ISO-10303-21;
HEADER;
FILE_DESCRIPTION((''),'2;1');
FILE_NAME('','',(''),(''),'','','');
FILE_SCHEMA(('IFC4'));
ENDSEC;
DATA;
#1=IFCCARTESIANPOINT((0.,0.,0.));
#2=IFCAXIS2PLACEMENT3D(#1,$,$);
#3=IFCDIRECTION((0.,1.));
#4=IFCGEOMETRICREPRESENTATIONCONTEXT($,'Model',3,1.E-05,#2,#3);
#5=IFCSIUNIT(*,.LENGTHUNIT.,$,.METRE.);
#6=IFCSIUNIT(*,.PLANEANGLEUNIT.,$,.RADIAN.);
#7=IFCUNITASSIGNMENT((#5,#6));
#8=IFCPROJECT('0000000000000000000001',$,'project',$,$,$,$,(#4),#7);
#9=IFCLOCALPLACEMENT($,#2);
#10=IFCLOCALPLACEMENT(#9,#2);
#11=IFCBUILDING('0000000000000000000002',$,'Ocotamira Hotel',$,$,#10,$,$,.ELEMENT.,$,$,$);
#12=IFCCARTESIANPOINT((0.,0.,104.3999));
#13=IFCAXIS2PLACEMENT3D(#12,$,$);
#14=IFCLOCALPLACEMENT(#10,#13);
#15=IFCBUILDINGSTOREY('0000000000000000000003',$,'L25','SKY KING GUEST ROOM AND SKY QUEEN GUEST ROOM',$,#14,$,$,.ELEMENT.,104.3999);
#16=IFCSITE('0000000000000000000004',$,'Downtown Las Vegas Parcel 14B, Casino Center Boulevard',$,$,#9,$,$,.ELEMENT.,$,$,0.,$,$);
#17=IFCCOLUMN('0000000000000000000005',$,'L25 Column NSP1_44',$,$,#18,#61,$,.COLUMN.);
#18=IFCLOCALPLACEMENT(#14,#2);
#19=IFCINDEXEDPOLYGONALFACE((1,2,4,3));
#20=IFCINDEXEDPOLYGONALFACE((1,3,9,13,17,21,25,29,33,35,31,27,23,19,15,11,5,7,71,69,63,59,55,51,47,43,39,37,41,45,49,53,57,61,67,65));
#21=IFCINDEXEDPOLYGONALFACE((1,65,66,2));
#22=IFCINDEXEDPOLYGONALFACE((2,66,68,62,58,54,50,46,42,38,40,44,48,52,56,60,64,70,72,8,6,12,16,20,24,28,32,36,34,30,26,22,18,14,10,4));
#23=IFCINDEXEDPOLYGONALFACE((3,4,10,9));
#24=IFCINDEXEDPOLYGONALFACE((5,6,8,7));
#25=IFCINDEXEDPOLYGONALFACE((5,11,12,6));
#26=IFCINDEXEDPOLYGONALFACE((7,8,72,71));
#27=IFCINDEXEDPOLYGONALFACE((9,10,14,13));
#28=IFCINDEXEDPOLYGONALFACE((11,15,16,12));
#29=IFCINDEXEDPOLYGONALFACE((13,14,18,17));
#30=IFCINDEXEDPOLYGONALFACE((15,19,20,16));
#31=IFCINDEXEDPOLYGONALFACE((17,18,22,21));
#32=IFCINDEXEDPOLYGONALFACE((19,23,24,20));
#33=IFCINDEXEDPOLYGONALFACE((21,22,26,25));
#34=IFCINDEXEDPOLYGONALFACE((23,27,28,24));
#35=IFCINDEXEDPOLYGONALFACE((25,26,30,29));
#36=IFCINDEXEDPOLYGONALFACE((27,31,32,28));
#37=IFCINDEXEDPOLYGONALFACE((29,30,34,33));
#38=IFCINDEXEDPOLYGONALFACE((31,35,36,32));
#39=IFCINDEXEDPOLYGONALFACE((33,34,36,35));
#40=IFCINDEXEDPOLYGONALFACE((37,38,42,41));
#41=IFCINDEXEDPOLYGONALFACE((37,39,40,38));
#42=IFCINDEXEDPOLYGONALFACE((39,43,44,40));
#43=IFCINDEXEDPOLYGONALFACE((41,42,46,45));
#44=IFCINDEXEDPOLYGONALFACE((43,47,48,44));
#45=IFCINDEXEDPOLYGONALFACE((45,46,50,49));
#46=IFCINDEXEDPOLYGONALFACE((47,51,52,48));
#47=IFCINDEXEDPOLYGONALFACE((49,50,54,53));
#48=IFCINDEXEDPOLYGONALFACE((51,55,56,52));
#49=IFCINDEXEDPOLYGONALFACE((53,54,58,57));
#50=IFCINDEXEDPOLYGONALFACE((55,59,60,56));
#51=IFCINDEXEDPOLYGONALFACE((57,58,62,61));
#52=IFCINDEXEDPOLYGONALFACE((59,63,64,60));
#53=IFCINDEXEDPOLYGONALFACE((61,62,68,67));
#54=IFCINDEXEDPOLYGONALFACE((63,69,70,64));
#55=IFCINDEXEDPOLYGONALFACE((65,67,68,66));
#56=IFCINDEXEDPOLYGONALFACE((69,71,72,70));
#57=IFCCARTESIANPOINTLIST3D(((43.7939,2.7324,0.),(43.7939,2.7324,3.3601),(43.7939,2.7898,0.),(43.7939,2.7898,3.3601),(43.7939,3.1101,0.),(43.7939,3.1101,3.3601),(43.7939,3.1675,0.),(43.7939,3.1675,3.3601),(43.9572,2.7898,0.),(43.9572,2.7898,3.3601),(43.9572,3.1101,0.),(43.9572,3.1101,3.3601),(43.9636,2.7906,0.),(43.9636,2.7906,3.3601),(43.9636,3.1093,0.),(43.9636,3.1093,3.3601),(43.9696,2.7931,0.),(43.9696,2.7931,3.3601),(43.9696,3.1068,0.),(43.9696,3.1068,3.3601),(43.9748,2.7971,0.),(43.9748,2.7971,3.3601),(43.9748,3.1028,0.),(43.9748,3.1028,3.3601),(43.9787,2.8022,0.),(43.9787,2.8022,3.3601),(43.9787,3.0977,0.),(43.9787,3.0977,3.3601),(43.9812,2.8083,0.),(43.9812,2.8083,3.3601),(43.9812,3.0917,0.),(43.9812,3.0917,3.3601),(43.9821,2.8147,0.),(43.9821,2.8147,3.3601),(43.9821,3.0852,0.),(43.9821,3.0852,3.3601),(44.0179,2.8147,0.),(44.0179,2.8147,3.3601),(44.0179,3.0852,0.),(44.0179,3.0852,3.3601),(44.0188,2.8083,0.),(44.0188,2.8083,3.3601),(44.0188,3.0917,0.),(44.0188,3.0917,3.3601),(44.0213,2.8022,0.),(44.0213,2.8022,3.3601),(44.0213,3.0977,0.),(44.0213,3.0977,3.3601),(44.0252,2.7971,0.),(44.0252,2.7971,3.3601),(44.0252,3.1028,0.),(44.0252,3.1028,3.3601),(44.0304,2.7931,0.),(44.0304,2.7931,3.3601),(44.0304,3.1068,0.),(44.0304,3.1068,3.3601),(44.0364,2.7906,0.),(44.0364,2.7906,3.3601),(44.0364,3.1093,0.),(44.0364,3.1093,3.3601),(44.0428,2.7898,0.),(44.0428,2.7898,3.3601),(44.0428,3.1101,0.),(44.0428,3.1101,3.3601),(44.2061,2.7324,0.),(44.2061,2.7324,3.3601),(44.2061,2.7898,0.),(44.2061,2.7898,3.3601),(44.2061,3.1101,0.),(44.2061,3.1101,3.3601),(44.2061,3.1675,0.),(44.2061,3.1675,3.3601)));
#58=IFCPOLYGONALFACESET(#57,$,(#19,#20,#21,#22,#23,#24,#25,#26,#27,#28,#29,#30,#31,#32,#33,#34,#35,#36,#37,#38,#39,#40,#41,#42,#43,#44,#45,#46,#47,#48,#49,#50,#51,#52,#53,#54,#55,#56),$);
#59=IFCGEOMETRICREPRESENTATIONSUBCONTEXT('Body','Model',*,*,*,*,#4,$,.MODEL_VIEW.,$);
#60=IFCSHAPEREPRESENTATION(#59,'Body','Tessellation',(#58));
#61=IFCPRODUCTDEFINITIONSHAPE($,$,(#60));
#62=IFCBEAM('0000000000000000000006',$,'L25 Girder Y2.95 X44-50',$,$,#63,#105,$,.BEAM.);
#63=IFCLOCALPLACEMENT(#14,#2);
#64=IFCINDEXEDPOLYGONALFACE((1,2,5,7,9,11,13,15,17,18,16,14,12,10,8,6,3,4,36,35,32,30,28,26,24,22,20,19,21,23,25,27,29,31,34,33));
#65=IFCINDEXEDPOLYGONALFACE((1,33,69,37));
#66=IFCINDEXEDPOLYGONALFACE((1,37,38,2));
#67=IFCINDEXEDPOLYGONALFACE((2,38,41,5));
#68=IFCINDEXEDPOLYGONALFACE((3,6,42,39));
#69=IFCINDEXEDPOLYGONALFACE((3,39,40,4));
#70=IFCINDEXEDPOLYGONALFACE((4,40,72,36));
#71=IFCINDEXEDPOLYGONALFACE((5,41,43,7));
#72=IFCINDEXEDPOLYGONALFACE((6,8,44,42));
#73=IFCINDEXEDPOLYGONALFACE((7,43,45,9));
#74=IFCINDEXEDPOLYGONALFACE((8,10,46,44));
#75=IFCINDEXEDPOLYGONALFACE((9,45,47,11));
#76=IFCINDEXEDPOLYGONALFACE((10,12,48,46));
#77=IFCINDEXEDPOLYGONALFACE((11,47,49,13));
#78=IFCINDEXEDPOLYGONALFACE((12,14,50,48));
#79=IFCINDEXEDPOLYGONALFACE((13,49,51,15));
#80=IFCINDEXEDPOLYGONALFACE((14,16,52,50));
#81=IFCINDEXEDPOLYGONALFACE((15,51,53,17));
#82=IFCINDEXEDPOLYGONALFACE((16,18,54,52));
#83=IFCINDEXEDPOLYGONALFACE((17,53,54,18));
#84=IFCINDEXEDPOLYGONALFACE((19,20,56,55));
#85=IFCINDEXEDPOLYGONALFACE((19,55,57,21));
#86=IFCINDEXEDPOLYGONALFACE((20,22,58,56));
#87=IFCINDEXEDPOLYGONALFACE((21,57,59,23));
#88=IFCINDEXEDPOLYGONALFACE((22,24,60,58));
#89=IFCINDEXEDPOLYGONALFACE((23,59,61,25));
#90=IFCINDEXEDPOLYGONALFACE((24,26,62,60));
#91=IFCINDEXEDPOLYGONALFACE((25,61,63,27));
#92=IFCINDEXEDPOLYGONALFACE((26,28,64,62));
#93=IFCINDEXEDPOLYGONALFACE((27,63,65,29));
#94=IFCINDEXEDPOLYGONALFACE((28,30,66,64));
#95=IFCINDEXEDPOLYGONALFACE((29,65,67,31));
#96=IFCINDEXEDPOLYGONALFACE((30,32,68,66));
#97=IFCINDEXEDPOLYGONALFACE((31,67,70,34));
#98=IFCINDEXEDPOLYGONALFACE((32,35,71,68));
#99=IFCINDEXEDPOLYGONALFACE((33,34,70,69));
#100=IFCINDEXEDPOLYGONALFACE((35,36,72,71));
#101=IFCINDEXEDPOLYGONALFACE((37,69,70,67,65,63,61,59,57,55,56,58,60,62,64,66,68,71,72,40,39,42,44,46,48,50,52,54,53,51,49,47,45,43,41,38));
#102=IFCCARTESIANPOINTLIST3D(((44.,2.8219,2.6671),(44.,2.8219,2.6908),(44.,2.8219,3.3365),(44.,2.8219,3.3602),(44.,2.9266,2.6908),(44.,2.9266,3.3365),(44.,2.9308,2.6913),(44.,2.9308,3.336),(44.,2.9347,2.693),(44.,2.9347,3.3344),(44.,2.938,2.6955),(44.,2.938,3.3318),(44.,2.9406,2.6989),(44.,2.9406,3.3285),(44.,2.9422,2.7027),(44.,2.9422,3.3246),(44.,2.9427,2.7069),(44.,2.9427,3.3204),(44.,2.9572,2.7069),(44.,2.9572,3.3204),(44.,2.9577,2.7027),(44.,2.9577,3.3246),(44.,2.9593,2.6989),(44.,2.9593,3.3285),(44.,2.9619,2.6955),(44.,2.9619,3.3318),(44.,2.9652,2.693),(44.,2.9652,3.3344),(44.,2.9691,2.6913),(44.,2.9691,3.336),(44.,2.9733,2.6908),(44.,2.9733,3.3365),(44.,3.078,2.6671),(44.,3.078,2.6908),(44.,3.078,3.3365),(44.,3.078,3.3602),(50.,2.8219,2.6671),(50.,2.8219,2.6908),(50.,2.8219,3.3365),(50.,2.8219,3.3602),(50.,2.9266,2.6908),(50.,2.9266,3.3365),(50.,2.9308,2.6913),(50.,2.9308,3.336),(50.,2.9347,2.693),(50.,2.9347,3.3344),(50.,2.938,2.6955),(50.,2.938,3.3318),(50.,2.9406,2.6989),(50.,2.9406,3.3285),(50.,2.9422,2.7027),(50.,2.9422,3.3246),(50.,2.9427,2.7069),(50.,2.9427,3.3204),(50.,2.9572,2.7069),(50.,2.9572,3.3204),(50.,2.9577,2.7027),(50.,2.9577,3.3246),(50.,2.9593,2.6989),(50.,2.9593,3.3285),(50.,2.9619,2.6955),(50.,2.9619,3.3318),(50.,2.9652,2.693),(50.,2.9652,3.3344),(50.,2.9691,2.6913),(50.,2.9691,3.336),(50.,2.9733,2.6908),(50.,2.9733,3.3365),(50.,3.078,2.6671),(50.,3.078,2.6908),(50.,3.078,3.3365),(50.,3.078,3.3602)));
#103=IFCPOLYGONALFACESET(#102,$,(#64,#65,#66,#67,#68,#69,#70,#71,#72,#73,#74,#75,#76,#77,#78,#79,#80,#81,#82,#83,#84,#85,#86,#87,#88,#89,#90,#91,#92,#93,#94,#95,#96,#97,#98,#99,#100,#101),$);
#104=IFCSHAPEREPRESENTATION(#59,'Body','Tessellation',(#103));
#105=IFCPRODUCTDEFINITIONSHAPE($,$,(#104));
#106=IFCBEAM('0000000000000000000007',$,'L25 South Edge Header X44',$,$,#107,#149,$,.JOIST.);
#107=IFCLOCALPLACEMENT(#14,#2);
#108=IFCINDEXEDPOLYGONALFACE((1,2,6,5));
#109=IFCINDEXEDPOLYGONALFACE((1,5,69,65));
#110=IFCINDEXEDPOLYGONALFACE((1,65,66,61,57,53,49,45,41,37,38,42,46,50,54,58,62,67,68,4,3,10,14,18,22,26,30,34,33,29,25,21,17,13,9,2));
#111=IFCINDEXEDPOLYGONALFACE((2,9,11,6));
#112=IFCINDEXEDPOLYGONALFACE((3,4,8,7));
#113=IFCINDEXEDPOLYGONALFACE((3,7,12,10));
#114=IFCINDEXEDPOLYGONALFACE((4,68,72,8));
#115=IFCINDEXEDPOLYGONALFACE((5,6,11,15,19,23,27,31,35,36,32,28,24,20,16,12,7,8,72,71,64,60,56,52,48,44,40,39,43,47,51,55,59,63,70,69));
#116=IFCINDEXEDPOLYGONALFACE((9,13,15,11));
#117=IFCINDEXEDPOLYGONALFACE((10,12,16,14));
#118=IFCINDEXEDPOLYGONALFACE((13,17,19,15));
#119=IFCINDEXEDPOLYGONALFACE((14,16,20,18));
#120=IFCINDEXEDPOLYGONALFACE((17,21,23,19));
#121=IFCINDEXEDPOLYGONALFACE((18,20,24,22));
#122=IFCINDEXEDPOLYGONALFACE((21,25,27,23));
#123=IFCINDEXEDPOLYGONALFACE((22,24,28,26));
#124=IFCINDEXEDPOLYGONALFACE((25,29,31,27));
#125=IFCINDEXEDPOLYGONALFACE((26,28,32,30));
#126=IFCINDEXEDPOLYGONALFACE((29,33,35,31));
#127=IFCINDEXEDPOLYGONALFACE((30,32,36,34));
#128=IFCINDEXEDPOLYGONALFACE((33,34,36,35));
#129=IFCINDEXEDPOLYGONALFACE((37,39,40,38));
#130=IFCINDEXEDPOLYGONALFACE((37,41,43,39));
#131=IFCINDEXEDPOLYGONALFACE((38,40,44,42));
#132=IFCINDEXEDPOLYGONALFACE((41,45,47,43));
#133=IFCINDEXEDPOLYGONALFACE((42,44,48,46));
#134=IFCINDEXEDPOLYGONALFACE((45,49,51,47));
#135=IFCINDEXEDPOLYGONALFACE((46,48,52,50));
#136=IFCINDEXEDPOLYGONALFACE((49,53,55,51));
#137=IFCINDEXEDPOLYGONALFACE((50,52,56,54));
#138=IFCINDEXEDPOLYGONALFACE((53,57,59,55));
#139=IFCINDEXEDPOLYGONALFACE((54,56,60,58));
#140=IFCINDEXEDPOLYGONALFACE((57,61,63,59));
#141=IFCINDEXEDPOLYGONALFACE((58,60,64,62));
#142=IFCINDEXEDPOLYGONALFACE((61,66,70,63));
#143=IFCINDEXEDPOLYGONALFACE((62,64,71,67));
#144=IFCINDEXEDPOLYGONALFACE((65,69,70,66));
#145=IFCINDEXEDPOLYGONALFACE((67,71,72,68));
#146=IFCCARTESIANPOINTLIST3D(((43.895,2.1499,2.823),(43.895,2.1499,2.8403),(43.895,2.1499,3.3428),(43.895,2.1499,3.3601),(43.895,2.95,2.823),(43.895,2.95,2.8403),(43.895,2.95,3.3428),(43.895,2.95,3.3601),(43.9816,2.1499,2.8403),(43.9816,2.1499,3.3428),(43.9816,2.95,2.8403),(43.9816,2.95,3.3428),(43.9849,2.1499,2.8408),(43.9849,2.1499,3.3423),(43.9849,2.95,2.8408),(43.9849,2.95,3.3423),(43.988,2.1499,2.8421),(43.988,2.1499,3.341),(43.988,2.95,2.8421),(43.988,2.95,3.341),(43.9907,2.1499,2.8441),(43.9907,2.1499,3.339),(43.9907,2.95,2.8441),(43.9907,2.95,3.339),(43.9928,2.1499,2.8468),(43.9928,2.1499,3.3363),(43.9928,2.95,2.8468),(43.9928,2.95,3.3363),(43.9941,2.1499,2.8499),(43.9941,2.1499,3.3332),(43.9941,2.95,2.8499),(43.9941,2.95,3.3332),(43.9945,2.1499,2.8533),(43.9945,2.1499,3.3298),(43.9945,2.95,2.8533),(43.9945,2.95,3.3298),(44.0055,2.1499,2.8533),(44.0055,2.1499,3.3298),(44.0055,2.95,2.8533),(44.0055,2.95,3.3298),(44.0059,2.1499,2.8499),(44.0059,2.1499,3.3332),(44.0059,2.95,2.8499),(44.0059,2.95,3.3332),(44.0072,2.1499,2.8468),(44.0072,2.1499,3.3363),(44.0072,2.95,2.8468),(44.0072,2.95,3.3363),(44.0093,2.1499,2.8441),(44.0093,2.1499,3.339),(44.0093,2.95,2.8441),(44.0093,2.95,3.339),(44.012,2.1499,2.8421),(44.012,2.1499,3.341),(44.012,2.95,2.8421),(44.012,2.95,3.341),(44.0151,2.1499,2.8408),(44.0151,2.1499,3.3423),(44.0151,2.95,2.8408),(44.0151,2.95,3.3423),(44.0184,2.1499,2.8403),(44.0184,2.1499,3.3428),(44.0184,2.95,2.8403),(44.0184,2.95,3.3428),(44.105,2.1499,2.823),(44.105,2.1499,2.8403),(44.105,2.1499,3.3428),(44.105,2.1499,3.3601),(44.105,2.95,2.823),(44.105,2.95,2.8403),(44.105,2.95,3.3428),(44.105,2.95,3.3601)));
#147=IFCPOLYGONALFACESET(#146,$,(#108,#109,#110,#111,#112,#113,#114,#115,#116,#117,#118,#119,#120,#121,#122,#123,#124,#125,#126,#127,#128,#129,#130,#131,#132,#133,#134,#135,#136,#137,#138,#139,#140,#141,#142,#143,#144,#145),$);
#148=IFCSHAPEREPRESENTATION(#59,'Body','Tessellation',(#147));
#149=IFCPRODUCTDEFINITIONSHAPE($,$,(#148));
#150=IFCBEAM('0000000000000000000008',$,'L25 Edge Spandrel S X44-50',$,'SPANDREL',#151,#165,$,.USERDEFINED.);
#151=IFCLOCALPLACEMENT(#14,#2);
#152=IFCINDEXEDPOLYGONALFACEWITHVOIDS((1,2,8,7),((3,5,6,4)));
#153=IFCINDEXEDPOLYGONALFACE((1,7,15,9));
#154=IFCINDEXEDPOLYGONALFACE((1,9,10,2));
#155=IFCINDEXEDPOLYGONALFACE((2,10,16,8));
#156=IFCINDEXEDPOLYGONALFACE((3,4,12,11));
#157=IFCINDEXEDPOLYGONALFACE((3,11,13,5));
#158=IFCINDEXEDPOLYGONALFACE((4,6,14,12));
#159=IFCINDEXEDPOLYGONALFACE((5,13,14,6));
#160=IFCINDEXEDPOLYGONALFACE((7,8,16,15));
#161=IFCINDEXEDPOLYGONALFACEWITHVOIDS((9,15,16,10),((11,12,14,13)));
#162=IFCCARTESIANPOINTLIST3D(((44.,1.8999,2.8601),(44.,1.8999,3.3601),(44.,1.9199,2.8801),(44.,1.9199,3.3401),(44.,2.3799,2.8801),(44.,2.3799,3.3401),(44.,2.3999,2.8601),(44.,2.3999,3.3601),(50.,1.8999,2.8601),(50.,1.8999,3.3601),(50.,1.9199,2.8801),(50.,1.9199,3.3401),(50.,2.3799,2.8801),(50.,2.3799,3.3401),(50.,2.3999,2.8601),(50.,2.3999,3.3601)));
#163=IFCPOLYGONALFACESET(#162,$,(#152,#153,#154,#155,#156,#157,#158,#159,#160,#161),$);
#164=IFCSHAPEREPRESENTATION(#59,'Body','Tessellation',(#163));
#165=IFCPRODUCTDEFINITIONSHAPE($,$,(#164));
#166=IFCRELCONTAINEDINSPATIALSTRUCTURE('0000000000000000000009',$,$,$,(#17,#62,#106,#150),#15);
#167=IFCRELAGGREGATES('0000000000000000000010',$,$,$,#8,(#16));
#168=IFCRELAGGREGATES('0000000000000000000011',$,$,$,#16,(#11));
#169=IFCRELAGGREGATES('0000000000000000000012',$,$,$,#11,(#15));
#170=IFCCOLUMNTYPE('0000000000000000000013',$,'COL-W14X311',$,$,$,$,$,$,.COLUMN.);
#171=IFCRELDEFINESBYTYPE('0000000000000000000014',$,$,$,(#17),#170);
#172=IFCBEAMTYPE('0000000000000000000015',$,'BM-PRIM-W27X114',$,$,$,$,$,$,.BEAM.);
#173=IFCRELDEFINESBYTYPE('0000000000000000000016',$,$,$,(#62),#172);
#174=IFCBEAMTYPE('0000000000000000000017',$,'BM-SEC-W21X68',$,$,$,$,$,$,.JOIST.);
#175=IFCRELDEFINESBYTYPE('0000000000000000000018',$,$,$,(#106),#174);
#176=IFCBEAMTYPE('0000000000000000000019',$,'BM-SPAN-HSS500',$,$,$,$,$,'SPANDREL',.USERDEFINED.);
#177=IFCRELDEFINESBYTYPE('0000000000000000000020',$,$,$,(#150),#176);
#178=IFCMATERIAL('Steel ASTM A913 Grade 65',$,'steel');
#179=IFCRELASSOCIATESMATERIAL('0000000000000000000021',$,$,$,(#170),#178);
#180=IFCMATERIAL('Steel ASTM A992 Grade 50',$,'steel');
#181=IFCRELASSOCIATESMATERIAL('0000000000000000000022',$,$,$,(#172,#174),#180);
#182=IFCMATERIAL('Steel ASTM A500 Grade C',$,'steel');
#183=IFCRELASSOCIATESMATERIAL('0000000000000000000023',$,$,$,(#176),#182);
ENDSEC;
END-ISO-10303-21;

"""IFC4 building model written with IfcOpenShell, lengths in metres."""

from ifc_helpers import new_model, si_unit, direction, frame, origin, origin_2d, place, context, subcontext, project, spatial, hollow_rectangle, i_section, extrude, source, transform, mapped, material, material_profile, profile_set, type_object, element, save


model = new_model("IFC4")

# Units and contexts
model_context = context("Model", 3, precision=1e-05, world=origin(), true_north=direction((0.0, 1.0)))
body_context = subcontext(model_context, "Body", "Model", "MODEL_VIEW")
ifc_project = project(units=[si_unit("LENGTHUNIT", "METRE"), si_unit("PLANEANGLEUNIT", "RADIAN")], contexts=[model_context])

# Site, building, storey
site_placement = place(None, origin())
site = spatial("IfcSite", under=ifc_project, at=site_placement, Name="Downtown Las Vegas Parcel 14B, Casino Center Boulevard", CompositionType="ELEMENT", RefElevation=0.0)
building_placement = place(site_placement, origin())
building = spatial("IfcBuilding", under=site, at=building_placement, Name="Ocotamira Hotel", CompositionType="ELEMENT")
storey_placement = place(building_placement, frame((0.0, 0.0, 104.3999)))
storey = spatial("IfcBuildingStorey", under=building, at=storey_placement, Name="L25", Description="SKY KING GUEST ROOM AND SKY QUEEN GUEST ROOM", CompositionType="ELEMENT", Elevation=104.3999)

# Column
ifc_material_1 = material(Name="Steel ASTM A913 Grade 65", Category="steel")
ifc_material_profile_1 = material_profile(ifc_material_1, i_section(OverallWidth=0.4121, OverallDepth=0.4351, WebThickness=0.0359, FlangeThickness=0.0574, FilletRadius=0.0249, at=origin_2d()), Name="W14X311")
ifc_profile_set_1 = profile_set([ifc_material_profile_1], Name="Steel ASTM A913 Grade 65")
column_type = type_object("IfcColumnType", Name="COL-W14X311", PredefinedType="COLUMN", material=ifc_profile_set_1)
shared_shape_1 = source(origin(), body_context, "Body", "SweptSolid", [
    extrude(i_section(OverallWidth=0.4121, OverallDepth=0.4351, WebThickness=0.0359, FlangeThickness=0.0574, FilletRadius=0.0249, at=origin_2d()), origin(), (0.0, 0.0, 1.0), 3.3601),
])
column_placement = place(storey_placement, frame((44.0, 2.95, 0.0), z_axis=(0.0, 0.0, 1.0), x_axis=(1.0, 0.0, 0.0)))
element("IfcColumn", 1, at=column_placement, inside=storey, type_object=column_type, Name="L25 Column NSP1_44", PredefinedType="COLUMN", context=body_context, shape_type="MappedRepresentation", body=[
    mapped(shared_shape_1, transform((0.0, 0.0, 0.0), scale=1.0)),
])

# Beams
ifc_material_2 = material(Name="Steel ASTM A992 Grade 50", Category="steel")
ifc_material_profile_2 = material_profile(ifc_material_2, i_section(OverallWidth=0.2561, OverallDepth=0.6931, WebThickness=0.0144, FlangeThickness=0.0237, FilletRadius=0.0161, at=origin_2d()), Name="W27X114")
ifc_profile_set_2 = profile_set([ifc_material_profile_2], Name="Steel ASTM A992 Grade 50")
beam_type_1 = type_object("IfcBeamType", Name="BM-PRIM-W27X114", PredefinedType="BEAM", material=ifc_profile_set_2)
shared_shape_2 = source(origin(), body_context, "Body", "SweptSolid", [
    extrude(i_section(OverallWidth=0.2561, OverallDepth=0.6931, WebThickness=0.0144, FlangeThickness=0.0237, FilletRadius=0.0161, at=origin_2d()), origin(), (0.0, 0.0, 1.0), 6.0),
])
beam_1_placement = place(storey_placement, frame((44.0, 2.95, 3.0137), z_axis=(1.0, 0.0, 0.0), x_axis=(0.0, 1.0, 0.0)))
element("IfcBeam", 2, at=beam_1_placement, inside=storey, type_object=beam_type_1, Name="L25 Girder Y2.95 X44-50", PredefinedType="BEAM", context=body_context, shape_type="MappedRepresentation", body=[
    mapped(shared_shape_2, transform((0.0, 0.0, 0.0), scale=1.0)),
])
ifc_material_profile_3 = material_profile(ifc_material_2, i_section(OverallWidth=0.21, OverallDepth=0.5371, WebThickness=0.011, FlangeThickness=0.0173, FilletRadius=0.0129, at=origin_2d()), Name="W21X68")
ifc_profile_set_3 = profile_set([ifc_material_profile_3], Name="Steel ASTM A992 Grade 50")
beam_type_2 = type_object("IfcBeamType", Name="BM-SEC-W21X68", PredefinedType="JOIST", material=ifc_profile_set_3)
shared_shape_3 = source(origin(), body_context, "Body", "SweptSolid", [
    extrude(i_section(OverallWidth=0.21, OverallDepth=0.5371, WebThickness=0.011, FlangeThickness=0.0173, FilletRadius=0.0129, at=origin_2d()), origin(), (0.0, 0.0, 1.0), 0.8),
])
beam_2_placement = place(storey_placement, frame((44.0, 2.95, 3.0916), z_axis=(0.0, -1.0, 0.0), x_axis=(1.0, 0.0, 0.0)))
element("IfcBeam", 3, at=beam_2_placement, inside=storey, type_object=beam_type_2, Name="L25 South Edge Header X44", PredefinedType="JOIST", context=body_context, shape_type="MappedRepresentation", body=[
    mapped(shared_shape_3, transform((0.0, 0.0, 0.0), scale=1.0)),
])
ifc_material_3 = material(Name="Steel ASTM A500 Grade C", Category="steel")
ifc_material_profile_4 = material_profile(ifc_material_3, hollow_rectangle(XDim=0.5, YDim=0.5, WallThickness=0.02, at=origin_2d()), Name="HSS500X500X20")
ifc_profile_set_4 = profile_set([ifc_material_profile_4], Name="Steel ASTM A500 Grade C")
beam_type_3 = type_object("IfcBeamType", Name="BM-SPAN-HSS500", ElementType="SPANDREL", PredefinedType="USERDEFINED", material=ifc_profile_set_4)
shared_shape_4 = source(origin(), body_context, "Body", "SweptSolid", [
    extrude(hollow_rectangle(XDim=0.5, YDim=0.5, WallThickness=0.02, at=origin_2d()), origin(), (0.0, 0.0, 1.0), 6.0),
])
beam_3_placement = place(storey_placement, frame((44.0, 2.1499, 3.1101), z_axis=(1.0, 0.0, 0.0), x_axis=(0.0, 1.0, 0.0)))
element("IfcBeam", 4, at=beam_3_placement, inside=storey, type_object=beam_type_3, Name="L25 Edge Spandrel S X44-50", ObjectType="SPANDREL", PredefinedType="USERDEFINED", context=body_context, shape_type="MappedRepresentation", body=[
    mapped(shared_shape_4, transform((0.0, 0.0, 0.0), scale=1.0)),
])

save(model, "model.ifc")
